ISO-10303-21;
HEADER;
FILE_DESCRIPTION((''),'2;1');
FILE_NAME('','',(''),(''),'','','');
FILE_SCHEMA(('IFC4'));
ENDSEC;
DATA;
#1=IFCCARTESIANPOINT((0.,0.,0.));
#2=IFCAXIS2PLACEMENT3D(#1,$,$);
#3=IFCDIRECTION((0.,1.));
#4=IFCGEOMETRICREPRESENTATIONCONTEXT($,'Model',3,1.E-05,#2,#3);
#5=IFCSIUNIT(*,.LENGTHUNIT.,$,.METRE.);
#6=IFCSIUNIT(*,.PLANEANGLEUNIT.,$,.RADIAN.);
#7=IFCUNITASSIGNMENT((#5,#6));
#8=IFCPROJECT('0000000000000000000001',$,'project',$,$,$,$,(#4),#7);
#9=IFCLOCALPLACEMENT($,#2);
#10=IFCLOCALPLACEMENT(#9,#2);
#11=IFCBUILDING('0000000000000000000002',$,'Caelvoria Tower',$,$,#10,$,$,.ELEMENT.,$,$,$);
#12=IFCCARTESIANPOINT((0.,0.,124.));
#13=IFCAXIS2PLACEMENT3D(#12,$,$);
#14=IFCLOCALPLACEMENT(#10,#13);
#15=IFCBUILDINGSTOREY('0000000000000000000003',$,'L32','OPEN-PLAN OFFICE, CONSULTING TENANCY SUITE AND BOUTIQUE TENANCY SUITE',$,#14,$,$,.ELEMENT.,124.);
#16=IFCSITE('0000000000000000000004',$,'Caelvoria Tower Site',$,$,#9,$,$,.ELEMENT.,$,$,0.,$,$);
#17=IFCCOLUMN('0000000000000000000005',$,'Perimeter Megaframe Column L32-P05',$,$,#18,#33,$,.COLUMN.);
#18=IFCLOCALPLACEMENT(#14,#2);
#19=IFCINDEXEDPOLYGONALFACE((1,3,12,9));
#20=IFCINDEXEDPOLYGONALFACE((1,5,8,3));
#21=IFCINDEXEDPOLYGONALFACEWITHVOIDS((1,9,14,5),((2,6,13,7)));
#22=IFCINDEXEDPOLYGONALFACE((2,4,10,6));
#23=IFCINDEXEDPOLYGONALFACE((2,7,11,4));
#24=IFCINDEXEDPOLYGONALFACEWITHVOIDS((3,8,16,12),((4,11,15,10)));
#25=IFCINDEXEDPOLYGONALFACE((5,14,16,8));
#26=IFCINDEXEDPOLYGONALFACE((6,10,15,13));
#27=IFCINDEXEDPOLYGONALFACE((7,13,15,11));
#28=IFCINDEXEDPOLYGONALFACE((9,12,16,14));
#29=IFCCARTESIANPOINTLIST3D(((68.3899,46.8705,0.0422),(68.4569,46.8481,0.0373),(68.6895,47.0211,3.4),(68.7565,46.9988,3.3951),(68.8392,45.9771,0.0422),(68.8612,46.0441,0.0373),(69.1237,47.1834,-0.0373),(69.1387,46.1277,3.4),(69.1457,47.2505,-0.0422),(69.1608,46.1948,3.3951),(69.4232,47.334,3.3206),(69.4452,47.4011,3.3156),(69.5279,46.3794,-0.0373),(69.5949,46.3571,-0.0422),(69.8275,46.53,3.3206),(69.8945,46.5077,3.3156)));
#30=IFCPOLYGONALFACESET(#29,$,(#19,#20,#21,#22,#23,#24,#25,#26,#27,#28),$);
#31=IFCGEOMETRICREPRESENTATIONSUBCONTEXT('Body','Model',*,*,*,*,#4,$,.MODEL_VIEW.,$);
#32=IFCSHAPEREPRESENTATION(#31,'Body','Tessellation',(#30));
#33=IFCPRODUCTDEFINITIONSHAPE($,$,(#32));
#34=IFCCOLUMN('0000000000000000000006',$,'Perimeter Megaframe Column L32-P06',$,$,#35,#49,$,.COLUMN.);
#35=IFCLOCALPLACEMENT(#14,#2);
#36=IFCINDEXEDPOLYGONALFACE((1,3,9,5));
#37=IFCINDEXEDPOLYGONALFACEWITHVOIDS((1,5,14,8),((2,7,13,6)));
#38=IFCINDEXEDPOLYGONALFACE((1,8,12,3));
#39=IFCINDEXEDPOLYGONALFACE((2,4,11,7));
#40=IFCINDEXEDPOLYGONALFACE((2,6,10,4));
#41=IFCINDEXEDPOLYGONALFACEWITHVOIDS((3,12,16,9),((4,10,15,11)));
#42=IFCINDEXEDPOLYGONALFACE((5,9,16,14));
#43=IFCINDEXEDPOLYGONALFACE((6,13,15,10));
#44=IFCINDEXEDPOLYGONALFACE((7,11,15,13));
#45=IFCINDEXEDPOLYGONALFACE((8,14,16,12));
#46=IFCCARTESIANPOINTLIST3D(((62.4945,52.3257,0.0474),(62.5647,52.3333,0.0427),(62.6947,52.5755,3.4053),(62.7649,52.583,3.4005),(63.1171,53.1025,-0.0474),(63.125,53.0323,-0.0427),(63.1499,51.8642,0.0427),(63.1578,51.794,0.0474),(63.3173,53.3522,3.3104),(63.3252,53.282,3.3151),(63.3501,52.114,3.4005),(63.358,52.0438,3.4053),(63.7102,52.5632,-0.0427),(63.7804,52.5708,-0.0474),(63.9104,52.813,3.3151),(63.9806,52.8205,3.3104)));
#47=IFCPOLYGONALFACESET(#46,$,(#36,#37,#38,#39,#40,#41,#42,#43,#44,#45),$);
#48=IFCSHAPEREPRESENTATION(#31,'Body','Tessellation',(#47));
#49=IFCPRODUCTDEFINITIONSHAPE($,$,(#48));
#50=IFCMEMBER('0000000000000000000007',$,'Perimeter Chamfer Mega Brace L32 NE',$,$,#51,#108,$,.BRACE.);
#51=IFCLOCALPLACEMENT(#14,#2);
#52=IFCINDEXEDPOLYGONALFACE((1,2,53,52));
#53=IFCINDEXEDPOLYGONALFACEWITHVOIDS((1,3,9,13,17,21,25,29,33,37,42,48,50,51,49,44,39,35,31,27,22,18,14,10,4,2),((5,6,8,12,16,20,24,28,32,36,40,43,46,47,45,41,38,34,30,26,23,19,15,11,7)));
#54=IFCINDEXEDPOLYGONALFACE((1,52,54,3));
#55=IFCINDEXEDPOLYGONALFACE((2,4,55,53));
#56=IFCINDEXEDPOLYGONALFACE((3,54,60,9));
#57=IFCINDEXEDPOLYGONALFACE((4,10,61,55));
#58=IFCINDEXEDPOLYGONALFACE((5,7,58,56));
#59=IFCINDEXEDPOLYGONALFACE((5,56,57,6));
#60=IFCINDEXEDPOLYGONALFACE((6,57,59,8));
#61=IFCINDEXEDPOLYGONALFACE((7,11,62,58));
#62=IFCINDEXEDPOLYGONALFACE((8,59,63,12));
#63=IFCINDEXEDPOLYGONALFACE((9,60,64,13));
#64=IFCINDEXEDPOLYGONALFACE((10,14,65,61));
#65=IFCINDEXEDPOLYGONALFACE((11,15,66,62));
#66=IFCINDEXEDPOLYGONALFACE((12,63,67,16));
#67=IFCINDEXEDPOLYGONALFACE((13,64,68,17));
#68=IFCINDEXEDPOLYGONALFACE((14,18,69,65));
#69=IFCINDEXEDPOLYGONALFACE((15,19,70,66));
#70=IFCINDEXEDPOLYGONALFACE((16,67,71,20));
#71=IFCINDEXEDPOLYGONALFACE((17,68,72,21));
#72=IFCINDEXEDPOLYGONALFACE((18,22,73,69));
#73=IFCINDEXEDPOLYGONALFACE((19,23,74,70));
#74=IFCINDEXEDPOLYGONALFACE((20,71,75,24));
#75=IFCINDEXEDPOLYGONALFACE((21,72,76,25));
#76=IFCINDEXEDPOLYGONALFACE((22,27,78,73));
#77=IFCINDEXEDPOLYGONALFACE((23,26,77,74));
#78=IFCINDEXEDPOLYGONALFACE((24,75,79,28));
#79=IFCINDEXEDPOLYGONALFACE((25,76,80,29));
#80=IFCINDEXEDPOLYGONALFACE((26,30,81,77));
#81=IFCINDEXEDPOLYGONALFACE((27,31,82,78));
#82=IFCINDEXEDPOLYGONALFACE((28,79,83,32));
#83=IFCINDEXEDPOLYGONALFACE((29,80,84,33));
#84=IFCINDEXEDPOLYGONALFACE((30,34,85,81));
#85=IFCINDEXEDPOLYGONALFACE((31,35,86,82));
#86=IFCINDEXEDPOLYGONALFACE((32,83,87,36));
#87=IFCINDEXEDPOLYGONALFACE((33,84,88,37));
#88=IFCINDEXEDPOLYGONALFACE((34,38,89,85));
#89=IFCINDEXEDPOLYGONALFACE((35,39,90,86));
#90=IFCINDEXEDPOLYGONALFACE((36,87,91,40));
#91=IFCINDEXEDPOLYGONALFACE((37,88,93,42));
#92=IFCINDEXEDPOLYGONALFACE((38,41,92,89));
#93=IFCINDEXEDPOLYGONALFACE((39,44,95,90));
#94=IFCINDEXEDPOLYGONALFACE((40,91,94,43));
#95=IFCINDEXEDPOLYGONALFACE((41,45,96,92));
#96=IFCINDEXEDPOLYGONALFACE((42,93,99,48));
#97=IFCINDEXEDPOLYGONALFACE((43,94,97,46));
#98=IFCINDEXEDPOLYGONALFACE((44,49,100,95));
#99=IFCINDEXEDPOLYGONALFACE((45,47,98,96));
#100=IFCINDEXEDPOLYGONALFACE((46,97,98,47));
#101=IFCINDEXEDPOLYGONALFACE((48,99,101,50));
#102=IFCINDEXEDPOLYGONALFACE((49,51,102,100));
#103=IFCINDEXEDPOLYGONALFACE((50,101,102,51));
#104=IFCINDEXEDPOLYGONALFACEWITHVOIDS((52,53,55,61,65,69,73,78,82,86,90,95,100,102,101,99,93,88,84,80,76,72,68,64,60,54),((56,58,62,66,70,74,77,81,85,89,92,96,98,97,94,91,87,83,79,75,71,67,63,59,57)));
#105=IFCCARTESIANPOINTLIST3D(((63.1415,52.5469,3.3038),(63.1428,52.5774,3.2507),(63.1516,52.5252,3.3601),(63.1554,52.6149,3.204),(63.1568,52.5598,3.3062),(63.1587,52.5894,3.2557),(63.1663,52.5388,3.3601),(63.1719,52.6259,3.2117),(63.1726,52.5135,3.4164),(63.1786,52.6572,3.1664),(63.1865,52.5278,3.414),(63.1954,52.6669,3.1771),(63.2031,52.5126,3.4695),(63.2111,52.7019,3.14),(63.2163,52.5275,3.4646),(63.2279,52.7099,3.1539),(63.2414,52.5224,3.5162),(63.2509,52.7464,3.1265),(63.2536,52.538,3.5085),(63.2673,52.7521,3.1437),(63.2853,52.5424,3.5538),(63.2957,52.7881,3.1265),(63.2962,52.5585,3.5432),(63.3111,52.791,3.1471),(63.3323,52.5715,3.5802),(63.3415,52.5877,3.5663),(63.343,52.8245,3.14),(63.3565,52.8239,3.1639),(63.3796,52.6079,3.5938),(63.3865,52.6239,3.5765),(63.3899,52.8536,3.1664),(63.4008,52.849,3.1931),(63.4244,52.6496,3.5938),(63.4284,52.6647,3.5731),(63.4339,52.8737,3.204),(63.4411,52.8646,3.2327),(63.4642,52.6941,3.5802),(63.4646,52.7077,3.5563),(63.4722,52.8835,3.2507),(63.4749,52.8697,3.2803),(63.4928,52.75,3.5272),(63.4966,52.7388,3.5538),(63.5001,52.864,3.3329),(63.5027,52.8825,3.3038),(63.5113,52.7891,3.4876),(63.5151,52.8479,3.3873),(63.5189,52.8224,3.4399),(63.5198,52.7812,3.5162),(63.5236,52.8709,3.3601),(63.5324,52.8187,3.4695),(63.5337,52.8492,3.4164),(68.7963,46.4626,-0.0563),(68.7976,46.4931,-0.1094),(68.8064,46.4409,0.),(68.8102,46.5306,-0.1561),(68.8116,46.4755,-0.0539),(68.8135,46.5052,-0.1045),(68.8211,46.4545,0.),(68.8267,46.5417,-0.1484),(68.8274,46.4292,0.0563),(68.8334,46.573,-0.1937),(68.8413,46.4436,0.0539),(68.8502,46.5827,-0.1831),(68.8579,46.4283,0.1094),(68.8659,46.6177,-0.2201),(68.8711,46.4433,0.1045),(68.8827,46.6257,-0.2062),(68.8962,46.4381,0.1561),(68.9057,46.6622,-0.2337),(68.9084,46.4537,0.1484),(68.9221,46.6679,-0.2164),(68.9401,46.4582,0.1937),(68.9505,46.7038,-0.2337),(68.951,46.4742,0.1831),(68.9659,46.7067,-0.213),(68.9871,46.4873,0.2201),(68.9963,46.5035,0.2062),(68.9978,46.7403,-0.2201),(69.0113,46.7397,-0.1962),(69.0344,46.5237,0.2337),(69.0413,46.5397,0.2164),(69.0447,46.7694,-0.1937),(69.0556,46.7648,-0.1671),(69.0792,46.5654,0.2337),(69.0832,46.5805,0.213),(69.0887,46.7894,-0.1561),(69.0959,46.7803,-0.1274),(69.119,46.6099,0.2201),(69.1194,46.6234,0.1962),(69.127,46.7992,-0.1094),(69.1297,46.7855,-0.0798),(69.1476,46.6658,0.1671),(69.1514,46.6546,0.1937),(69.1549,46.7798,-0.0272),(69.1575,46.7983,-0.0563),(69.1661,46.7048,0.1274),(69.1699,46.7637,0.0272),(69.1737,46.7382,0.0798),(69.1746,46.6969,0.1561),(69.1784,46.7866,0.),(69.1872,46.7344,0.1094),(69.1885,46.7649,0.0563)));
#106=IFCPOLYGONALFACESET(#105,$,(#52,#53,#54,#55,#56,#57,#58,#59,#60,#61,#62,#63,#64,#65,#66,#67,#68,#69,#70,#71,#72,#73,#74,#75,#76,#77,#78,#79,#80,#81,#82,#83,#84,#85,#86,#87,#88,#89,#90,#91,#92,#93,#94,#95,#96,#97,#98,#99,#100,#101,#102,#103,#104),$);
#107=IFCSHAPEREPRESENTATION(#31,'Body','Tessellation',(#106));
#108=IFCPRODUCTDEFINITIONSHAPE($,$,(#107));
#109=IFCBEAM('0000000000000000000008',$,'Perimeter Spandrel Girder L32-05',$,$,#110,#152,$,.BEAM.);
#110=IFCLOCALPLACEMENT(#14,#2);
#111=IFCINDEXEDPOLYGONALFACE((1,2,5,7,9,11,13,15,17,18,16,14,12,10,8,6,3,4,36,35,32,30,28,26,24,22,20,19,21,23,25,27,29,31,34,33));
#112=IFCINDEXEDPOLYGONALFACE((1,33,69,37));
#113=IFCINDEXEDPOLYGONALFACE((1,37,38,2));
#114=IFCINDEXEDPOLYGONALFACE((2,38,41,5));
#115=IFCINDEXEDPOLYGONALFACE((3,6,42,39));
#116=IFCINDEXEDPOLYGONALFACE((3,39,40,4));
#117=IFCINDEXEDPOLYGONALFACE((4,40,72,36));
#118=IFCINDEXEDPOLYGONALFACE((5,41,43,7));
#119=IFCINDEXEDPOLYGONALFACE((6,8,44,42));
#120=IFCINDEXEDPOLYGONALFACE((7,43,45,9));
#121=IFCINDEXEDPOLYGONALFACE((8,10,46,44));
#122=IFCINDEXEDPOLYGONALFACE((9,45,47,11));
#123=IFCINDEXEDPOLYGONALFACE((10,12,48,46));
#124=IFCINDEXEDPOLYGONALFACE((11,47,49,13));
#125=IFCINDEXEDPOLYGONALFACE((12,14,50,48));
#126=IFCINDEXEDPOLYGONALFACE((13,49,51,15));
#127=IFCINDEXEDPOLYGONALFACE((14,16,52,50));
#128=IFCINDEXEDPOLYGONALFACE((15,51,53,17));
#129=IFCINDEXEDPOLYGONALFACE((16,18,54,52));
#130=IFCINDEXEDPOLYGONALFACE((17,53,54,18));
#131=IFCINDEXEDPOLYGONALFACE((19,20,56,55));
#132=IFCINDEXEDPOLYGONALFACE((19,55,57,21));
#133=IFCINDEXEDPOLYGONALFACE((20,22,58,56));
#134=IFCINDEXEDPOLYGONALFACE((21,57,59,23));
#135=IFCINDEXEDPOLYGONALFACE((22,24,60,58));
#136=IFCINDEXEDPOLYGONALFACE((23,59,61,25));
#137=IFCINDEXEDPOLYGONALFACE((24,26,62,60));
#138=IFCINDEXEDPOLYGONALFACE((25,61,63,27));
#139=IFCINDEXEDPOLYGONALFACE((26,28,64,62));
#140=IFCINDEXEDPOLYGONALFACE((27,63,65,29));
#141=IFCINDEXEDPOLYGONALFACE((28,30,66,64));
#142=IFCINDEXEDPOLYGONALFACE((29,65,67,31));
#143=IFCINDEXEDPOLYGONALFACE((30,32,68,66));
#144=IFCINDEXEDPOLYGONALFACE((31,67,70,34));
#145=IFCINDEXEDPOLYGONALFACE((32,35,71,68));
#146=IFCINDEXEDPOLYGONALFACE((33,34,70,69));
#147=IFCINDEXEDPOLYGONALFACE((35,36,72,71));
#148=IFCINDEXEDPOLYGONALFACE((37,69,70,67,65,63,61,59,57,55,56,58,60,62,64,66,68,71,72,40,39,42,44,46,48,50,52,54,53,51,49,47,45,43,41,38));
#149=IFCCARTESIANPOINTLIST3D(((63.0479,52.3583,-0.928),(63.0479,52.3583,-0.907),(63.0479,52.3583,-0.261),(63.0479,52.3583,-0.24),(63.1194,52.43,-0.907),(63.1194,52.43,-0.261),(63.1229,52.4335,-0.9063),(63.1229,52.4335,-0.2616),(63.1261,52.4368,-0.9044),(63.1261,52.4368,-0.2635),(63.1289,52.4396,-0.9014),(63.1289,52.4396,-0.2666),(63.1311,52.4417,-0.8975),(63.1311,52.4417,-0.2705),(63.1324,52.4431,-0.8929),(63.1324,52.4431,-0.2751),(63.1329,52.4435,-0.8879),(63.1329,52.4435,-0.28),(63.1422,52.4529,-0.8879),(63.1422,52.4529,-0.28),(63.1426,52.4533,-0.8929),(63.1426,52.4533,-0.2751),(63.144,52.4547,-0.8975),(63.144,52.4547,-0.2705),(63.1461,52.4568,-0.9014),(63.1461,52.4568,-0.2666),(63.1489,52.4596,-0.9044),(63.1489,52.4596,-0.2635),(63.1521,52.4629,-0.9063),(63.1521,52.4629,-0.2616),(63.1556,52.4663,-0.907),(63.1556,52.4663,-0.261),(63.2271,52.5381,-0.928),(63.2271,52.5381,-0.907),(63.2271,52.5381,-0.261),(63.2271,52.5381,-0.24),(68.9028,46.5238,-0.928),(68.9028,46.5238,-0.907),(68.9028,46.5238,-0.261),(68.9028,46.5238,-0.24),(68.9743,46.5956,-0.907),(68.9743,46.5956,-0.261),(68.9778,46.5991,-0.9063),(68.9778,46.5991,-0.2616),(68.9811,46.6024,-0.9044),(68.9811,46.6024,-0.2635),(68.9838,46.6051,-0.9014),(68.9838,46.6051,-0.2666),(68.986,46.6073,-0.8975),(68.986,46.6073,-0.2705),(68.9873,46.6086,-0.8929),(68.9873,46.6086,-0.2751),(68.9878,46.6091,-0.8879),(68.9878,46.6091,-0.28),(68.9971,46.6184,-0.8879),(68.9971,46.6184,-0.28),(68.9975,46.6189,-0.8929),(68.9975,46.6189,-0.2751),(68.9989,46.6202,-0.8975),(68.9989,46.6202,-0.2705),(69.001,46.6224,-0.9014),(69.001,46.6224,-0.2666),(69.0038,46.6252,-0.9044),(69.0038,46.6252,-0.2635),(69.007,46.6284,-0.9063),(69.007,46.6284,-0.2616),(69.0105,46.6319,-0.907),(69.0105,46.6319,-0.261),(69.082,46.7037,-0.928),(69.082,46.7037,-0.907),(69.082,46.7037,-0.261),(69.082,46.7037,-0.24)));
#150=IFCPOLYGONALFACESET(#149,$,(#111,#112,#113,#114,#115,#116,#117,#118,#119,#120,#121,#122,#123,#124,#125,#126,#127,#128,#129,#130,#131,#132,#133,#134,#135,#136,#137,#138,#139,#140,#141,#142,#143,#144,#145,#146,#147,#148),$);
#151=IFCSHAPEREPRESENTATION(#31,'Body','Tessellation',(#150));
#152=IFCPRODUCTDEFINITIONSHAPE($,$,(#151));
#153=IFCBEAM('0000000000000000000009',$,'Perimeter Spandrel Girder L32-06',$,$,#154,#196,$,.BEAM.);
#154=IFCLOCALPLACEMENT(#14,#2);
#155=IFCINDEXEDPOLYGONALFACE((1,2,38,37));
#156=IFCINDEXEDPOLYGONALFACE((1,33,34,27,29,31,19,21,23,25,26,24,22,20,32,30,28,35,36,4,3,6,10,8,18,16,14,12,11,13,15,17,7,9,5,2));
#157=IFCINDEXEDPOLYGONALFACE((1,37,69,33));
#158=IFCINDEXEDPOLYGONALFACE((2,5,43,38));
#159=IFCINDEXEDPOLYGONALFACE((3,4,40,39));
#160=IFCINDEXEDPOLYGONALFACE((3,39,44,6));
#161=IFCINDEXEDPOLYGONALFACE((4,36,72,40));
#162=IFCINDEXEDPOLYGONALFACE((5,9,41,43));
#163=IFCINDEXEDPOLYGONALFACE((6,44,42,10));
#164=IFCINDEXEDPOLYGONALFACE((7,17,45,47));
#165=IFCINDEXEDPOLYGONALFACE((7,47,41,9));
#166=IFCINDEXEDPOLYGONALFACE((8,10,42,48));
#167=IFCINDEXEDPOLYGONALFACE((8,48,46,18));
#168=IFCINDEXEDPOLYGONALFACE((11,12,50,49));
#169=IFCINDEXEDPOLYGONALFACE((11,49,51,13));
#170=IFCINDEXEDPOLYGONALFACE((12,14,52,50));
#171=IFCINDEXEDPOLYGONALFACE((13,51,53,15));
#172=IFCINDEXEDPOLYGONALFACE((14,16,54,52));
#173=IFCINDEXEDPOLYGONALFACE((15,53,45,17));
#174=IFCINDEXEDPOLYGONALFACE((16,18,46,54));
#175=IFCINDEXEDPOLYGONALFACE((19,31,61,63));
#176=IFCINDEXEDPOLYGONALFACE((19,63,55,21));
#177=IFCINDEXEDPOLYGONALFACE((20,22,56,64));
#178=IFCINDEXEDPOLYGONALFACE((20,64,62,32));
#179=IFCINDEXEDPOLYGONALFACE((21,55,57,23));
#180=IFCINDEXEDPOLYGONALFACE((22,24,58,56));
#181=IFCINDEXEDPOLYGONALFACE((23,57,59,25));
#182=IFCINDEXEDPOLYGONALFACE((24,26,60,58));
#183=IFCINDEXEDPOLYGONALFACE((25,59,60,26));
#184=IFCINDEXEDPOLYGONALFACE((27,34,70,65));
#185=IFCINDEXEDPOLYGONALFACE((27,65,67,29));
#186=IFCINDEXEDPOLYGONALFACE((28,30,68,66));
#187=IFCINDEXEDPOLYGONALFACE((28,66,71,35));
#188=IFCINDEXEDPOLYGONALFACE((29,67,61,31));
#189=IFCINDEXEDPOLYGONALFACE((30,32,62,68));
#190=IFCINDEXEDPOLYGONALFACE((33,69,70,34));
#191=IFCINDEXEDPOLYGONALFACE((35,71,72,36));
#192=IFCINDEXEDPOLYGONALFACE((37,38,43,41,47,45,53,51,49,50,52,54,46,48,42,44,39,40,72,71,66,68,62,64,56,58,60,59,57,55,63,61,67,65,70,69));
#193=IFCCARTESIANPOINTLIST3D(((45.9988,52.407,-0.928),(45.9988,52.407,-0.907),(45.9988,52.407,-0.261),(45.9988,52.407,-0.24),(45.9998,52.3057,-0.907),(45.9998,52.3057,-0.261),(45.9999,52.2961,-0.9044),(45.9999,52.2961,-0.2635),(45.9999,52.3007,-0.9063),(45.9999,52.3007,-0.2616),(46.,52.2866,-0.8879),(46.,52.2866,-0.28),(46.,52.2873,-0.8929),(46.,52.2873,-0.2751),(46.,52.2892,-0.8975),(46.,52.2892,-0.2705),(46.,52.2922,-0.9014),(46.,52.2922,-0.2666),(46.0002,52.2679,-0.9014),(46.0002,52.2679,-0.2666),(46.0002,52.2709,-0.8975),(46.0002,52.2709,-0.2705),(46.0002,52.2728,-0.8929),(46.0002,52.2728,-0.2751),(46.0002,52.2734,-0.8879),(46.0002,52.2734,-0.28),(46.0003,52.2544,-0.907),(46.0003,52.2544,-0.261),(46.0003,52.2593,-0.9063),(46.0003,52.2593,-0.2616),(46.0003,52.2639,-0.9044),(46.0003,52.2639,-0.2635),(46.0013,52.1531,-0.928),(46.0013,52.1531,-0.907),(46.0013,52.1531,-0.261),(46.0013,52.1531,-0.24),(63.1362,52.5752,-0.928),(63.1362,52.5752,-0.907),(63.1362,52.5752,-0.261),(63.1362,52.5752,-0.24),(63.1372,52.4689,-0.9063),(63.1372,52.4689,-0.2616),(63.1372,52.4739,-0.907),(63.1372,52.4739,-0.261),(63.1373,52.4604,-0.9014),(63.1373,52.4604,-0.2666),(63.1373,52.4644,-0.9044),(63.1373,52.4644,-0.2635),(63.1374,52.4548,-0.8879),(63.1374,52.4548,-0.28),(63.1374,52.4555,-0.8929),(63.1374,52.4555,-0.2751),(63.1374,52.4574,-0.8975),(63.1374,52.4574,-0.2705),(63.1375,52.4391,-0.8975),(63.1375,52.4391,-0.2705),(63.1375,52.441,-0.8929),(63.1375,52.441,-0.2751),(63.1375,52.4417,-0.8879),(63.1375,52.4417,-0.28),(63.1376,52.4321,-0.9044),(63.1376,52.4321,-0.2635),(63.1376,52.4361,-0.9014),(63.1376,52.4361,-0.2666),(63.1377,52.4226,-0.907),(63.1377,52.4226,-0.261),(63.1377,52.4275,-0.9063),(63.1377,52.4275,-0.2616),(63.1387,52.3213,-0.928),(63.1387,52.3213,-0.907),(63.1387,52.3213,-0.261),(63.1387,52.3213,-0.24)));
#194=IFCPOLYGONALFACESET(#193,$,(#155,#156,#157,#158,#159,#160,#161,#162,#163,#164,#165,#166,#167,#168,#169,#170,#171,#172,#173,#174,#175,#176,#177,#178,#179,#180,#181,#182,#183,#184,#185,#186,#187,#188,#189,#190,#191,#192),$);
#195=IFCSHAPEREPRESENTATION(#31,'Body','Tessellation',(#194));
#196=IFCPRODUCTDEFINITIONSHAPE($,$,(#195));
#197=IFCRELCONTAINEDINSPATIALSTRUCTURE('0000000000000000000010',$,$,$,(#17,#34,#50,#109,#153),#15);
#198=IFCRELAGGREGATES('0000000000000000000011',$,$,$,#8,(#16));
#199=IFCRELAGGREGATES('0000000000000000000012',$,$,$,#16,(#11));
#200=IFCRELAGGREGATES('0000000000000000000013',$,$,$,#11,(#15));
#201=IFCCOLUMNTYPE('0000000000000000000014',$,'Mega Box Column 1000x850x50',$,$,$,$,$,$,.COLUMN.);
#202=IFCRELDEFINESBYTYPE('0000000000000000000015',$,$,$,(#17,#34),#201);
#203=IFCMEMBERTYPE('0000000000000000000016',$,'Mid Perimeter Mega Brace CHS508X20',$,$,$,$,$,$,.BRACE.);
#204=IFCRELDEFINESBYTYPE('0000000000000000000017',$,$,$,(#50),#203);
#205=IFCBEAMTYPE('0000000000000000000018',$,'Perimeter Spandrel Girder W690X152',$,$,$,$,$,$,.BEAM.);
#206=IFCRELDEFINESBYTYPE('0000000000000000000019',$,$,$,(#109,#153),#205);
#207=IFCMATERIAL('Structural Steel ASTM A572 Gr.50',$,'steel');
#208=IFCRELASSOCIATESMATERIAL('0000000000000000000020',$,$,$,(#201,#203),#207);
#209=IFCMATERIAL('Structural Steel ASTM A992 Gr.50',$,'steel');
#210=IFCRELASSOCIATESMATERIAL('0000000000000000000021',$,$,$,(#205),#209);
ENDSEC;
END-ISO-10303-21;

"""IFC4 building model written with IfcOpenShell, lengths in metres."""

from ifc_helpers import new_model, si_unit, direction, frame, origin, origin_2d, place, context, subcontext, project, spatial, hollow_rectangle, hollow_circle, i_section, extrude, material, material_profile, profile_set, type_object, element, save


model = new_model("IFC4")

# Units and contexts
model_context = context("Model", 3, precision=1e-05, world=origin(), true_north=direction((0.0, 1.0)))
body_context = subcontext(model_context, "Body", "Model", "MODEL_VIEW")
ifc_project = project(units=[si_unit("LENGTHUNIT", "METRE"), si_unit("PLANEANGLEUNIT", "RADIAN")], contexts=[model_context])

# Site, building, storey
site_placement = place(None, origin())
site = spatial("IfcSite", under=ifc_project, at=site_placement, Name="Caelvoria Tower Site", CompositionType="ELEMENT", RefElevation=0.0)
building_placement = place(site_placement, origin())
building = spatial("IfcBuilding", under=site, at=building_placement, Name="Caelvoria Tower", CompositionType="ELEMENT")
storey_placement = place(building_placement, frame((0.0, 0.0, 124.0)))
storey = spatial("IfcBuildingStorey", under=building, at=storey_placement, Name="L32", Description="OPEN-PLAN OFFICE, CONSULTING TENANCY SUITE AND BOUTIQUE TENANCY SUITE", CompositionType="ELEMENT", Elevation=124.0)

# Columns
ifc_material_1 = material(Name="Structural Steel ASTM A572 Gr.50", Category="steel")
ifc_material_profile_1 = material_profile(ifc_material_1, hollow_rectangle(XDim=0.8501, YDim=1.0, WallThickness=0.05, at=origin_2d()), Name="Structural Steel ASTM A572 Gr.50")
ifc_profile_set_1 = profile_set([ifc_material_profile_1], Name="BOX1000X850X50 - Structural Steel ASTM A572 Gr.50")
column_type = type_object("IfcColumnType", Name="Mega Box Column 1000x850x50", PredefinedType="COLUMN", material=ifc_profile_set_1)
column_1_placement = place(storey_placement, frame((68.9924, 46.6138, 0.0), z_axis=(0.088769, 0.044638, 0.995052), x_axis=(-0.888985, -0.447028, 0.09936)))
element("IfcColumn", 1, at=column_1_placement, inside=storey, type_object=column_type, Name="Perimeter Megaframe Column L32-P05", PredefinedType="COLUMN", context=body_context, shape_type="SweptSolid", body=[
    extrude(hollow_rectangle(XDim=0.8501, YDim=1.0, WallThickness=0.05, at=origin_2d()), origin(), (0.0, 0.0, 1.0), 3.3745),
])
column_2_placement = place(storey_placement, frame((63.1375, 52.4482, 0.0), z_axis=(0.05935, 0.074043, 0.995487), x_axis=(-0.780273, 0.625439, 0.0)))
element("IfcColumn", 2, at=column_2_placement, inside=storey, type_object=column_type, Name="Perimeter Megaframe Column L32-P06", PredefinedType="COLUMN", context=body_context, shape_type="SweptSolid", body=[
    extrude(hollow_rectangle(XDim=0.8501, YDim=1.0, WallThickness=0.05, at=origin_2d()), origin(), (0.0, 0.0, 1.0), 3.373),
])

# Member
ifc_material_profile_2 = material_profile(ifc_material_1, hollow_circle(Radius=0.2539, WallThickness=0.02, at=origin_2d()), Name="Structural Steel ASTM A572 Gr.50")
ifc_profile_set_2 = profile_set([ifc_material_profile_2], Name="CHS508X20 - Structural Steel ASTM A572 Gr.50")
member_type = type_object("IfcMemberType", Name="Mid Perimeter Mega Brace CHS508X20", PredefinedType="BRACE", material=ifc_profile_set_2)
member_placement = place(storey_placement, frame((68.9924, 46.6138, 0.0), z_axis=(-0.631102, 0.67903, 0.375005), x_axis=(-0.732485, -0.680784, 0.0)))
element("IfcMember", 3, at=member_placement, inside=storey, type_object=member_type, Name="Perimeter Chamfer Mega Brace L32 NE", PredefinedType="BRACE", context=body_context, shape_type="SweptSolid", body=[
    extrude(hollow_circle(Radius=0.2539, WallThickness=0.02, at=origin_2d()), origin(), (0.0, 0.0, 1.0), 8.9602),
])

# Beams
ifc_material_2 = material(Name="Structural Steel ASTM A992 Gr.50", Category="steel")
ifc_material_profile_3 = material_profile(ifc_material_2, i_section(OverallWidth=0.2539, OverallDepth=0.688, WebThickness=0.0132, FlangeThickness=0.021, FilletRadius=0.019, at=origin_2d()), Name="Structural Steel ASTM A992 Gr.50")
ifc_profile_set_3 = profile_set([ifc_material_profile_3], Name="W690X152 - Structural Steel ASTM A992 Gr.50")
beam_type = type_object("IfcBeamType", Name="Perimeter Spandrel Girder W690X152", PredefinedType="BEAM", material=ifc_profile_set_3)
beam_1_placement = place(storey_placement, frame((68.9924, 46.6138, -0.584), z_axis=(-0.708346, 0.705865, 0.0), x_axis=(-0.705865, -0.708346, 0.0)))
element("IfcBeam", 4, at=beam_1_placement, inside=storey, type_object=beam_type, Name="Perimeter Spandrel Girder L32-05", PredefinedType="BEAM", context=body_context, shape_type="SweptSolid", body=[
    extrude(i_section(OverallWidth=0.2539, OverallDepth=0.688, WebThickness=0.0132, FlangeThickness=0.021, FilletRadius=0.019, at=origin_2d()), origin(), (0.0, 0.0, 1.0), 8.2656),
])
beam_2_placement = place(storey_placement, frame((63.1375, 52.4482, -0.584), z_axis=(-0.999952, -0.009815, 0.0), x_axis=(0.009815, -0.999952, 0.0)))
element("IfcBeam", 5, at=beam_2_placement, inside=storey, type_object=beam_type, Name="Perimeter Spandrel Girder L32-06", PredefinedType="BEAM", context=body_context, shape_type="SweptSolid", body=[
    extrude(i_section(OverallWidth=0.2539, OverallDepth=0.688, WebThickness=0.0132, FlangeThickness=0.021, FilletRadius=0.019, at=origin_2d()), origin(), (0.0, 0.0, 1.0), 17.1382),
])

save(model, "model.ifc")
